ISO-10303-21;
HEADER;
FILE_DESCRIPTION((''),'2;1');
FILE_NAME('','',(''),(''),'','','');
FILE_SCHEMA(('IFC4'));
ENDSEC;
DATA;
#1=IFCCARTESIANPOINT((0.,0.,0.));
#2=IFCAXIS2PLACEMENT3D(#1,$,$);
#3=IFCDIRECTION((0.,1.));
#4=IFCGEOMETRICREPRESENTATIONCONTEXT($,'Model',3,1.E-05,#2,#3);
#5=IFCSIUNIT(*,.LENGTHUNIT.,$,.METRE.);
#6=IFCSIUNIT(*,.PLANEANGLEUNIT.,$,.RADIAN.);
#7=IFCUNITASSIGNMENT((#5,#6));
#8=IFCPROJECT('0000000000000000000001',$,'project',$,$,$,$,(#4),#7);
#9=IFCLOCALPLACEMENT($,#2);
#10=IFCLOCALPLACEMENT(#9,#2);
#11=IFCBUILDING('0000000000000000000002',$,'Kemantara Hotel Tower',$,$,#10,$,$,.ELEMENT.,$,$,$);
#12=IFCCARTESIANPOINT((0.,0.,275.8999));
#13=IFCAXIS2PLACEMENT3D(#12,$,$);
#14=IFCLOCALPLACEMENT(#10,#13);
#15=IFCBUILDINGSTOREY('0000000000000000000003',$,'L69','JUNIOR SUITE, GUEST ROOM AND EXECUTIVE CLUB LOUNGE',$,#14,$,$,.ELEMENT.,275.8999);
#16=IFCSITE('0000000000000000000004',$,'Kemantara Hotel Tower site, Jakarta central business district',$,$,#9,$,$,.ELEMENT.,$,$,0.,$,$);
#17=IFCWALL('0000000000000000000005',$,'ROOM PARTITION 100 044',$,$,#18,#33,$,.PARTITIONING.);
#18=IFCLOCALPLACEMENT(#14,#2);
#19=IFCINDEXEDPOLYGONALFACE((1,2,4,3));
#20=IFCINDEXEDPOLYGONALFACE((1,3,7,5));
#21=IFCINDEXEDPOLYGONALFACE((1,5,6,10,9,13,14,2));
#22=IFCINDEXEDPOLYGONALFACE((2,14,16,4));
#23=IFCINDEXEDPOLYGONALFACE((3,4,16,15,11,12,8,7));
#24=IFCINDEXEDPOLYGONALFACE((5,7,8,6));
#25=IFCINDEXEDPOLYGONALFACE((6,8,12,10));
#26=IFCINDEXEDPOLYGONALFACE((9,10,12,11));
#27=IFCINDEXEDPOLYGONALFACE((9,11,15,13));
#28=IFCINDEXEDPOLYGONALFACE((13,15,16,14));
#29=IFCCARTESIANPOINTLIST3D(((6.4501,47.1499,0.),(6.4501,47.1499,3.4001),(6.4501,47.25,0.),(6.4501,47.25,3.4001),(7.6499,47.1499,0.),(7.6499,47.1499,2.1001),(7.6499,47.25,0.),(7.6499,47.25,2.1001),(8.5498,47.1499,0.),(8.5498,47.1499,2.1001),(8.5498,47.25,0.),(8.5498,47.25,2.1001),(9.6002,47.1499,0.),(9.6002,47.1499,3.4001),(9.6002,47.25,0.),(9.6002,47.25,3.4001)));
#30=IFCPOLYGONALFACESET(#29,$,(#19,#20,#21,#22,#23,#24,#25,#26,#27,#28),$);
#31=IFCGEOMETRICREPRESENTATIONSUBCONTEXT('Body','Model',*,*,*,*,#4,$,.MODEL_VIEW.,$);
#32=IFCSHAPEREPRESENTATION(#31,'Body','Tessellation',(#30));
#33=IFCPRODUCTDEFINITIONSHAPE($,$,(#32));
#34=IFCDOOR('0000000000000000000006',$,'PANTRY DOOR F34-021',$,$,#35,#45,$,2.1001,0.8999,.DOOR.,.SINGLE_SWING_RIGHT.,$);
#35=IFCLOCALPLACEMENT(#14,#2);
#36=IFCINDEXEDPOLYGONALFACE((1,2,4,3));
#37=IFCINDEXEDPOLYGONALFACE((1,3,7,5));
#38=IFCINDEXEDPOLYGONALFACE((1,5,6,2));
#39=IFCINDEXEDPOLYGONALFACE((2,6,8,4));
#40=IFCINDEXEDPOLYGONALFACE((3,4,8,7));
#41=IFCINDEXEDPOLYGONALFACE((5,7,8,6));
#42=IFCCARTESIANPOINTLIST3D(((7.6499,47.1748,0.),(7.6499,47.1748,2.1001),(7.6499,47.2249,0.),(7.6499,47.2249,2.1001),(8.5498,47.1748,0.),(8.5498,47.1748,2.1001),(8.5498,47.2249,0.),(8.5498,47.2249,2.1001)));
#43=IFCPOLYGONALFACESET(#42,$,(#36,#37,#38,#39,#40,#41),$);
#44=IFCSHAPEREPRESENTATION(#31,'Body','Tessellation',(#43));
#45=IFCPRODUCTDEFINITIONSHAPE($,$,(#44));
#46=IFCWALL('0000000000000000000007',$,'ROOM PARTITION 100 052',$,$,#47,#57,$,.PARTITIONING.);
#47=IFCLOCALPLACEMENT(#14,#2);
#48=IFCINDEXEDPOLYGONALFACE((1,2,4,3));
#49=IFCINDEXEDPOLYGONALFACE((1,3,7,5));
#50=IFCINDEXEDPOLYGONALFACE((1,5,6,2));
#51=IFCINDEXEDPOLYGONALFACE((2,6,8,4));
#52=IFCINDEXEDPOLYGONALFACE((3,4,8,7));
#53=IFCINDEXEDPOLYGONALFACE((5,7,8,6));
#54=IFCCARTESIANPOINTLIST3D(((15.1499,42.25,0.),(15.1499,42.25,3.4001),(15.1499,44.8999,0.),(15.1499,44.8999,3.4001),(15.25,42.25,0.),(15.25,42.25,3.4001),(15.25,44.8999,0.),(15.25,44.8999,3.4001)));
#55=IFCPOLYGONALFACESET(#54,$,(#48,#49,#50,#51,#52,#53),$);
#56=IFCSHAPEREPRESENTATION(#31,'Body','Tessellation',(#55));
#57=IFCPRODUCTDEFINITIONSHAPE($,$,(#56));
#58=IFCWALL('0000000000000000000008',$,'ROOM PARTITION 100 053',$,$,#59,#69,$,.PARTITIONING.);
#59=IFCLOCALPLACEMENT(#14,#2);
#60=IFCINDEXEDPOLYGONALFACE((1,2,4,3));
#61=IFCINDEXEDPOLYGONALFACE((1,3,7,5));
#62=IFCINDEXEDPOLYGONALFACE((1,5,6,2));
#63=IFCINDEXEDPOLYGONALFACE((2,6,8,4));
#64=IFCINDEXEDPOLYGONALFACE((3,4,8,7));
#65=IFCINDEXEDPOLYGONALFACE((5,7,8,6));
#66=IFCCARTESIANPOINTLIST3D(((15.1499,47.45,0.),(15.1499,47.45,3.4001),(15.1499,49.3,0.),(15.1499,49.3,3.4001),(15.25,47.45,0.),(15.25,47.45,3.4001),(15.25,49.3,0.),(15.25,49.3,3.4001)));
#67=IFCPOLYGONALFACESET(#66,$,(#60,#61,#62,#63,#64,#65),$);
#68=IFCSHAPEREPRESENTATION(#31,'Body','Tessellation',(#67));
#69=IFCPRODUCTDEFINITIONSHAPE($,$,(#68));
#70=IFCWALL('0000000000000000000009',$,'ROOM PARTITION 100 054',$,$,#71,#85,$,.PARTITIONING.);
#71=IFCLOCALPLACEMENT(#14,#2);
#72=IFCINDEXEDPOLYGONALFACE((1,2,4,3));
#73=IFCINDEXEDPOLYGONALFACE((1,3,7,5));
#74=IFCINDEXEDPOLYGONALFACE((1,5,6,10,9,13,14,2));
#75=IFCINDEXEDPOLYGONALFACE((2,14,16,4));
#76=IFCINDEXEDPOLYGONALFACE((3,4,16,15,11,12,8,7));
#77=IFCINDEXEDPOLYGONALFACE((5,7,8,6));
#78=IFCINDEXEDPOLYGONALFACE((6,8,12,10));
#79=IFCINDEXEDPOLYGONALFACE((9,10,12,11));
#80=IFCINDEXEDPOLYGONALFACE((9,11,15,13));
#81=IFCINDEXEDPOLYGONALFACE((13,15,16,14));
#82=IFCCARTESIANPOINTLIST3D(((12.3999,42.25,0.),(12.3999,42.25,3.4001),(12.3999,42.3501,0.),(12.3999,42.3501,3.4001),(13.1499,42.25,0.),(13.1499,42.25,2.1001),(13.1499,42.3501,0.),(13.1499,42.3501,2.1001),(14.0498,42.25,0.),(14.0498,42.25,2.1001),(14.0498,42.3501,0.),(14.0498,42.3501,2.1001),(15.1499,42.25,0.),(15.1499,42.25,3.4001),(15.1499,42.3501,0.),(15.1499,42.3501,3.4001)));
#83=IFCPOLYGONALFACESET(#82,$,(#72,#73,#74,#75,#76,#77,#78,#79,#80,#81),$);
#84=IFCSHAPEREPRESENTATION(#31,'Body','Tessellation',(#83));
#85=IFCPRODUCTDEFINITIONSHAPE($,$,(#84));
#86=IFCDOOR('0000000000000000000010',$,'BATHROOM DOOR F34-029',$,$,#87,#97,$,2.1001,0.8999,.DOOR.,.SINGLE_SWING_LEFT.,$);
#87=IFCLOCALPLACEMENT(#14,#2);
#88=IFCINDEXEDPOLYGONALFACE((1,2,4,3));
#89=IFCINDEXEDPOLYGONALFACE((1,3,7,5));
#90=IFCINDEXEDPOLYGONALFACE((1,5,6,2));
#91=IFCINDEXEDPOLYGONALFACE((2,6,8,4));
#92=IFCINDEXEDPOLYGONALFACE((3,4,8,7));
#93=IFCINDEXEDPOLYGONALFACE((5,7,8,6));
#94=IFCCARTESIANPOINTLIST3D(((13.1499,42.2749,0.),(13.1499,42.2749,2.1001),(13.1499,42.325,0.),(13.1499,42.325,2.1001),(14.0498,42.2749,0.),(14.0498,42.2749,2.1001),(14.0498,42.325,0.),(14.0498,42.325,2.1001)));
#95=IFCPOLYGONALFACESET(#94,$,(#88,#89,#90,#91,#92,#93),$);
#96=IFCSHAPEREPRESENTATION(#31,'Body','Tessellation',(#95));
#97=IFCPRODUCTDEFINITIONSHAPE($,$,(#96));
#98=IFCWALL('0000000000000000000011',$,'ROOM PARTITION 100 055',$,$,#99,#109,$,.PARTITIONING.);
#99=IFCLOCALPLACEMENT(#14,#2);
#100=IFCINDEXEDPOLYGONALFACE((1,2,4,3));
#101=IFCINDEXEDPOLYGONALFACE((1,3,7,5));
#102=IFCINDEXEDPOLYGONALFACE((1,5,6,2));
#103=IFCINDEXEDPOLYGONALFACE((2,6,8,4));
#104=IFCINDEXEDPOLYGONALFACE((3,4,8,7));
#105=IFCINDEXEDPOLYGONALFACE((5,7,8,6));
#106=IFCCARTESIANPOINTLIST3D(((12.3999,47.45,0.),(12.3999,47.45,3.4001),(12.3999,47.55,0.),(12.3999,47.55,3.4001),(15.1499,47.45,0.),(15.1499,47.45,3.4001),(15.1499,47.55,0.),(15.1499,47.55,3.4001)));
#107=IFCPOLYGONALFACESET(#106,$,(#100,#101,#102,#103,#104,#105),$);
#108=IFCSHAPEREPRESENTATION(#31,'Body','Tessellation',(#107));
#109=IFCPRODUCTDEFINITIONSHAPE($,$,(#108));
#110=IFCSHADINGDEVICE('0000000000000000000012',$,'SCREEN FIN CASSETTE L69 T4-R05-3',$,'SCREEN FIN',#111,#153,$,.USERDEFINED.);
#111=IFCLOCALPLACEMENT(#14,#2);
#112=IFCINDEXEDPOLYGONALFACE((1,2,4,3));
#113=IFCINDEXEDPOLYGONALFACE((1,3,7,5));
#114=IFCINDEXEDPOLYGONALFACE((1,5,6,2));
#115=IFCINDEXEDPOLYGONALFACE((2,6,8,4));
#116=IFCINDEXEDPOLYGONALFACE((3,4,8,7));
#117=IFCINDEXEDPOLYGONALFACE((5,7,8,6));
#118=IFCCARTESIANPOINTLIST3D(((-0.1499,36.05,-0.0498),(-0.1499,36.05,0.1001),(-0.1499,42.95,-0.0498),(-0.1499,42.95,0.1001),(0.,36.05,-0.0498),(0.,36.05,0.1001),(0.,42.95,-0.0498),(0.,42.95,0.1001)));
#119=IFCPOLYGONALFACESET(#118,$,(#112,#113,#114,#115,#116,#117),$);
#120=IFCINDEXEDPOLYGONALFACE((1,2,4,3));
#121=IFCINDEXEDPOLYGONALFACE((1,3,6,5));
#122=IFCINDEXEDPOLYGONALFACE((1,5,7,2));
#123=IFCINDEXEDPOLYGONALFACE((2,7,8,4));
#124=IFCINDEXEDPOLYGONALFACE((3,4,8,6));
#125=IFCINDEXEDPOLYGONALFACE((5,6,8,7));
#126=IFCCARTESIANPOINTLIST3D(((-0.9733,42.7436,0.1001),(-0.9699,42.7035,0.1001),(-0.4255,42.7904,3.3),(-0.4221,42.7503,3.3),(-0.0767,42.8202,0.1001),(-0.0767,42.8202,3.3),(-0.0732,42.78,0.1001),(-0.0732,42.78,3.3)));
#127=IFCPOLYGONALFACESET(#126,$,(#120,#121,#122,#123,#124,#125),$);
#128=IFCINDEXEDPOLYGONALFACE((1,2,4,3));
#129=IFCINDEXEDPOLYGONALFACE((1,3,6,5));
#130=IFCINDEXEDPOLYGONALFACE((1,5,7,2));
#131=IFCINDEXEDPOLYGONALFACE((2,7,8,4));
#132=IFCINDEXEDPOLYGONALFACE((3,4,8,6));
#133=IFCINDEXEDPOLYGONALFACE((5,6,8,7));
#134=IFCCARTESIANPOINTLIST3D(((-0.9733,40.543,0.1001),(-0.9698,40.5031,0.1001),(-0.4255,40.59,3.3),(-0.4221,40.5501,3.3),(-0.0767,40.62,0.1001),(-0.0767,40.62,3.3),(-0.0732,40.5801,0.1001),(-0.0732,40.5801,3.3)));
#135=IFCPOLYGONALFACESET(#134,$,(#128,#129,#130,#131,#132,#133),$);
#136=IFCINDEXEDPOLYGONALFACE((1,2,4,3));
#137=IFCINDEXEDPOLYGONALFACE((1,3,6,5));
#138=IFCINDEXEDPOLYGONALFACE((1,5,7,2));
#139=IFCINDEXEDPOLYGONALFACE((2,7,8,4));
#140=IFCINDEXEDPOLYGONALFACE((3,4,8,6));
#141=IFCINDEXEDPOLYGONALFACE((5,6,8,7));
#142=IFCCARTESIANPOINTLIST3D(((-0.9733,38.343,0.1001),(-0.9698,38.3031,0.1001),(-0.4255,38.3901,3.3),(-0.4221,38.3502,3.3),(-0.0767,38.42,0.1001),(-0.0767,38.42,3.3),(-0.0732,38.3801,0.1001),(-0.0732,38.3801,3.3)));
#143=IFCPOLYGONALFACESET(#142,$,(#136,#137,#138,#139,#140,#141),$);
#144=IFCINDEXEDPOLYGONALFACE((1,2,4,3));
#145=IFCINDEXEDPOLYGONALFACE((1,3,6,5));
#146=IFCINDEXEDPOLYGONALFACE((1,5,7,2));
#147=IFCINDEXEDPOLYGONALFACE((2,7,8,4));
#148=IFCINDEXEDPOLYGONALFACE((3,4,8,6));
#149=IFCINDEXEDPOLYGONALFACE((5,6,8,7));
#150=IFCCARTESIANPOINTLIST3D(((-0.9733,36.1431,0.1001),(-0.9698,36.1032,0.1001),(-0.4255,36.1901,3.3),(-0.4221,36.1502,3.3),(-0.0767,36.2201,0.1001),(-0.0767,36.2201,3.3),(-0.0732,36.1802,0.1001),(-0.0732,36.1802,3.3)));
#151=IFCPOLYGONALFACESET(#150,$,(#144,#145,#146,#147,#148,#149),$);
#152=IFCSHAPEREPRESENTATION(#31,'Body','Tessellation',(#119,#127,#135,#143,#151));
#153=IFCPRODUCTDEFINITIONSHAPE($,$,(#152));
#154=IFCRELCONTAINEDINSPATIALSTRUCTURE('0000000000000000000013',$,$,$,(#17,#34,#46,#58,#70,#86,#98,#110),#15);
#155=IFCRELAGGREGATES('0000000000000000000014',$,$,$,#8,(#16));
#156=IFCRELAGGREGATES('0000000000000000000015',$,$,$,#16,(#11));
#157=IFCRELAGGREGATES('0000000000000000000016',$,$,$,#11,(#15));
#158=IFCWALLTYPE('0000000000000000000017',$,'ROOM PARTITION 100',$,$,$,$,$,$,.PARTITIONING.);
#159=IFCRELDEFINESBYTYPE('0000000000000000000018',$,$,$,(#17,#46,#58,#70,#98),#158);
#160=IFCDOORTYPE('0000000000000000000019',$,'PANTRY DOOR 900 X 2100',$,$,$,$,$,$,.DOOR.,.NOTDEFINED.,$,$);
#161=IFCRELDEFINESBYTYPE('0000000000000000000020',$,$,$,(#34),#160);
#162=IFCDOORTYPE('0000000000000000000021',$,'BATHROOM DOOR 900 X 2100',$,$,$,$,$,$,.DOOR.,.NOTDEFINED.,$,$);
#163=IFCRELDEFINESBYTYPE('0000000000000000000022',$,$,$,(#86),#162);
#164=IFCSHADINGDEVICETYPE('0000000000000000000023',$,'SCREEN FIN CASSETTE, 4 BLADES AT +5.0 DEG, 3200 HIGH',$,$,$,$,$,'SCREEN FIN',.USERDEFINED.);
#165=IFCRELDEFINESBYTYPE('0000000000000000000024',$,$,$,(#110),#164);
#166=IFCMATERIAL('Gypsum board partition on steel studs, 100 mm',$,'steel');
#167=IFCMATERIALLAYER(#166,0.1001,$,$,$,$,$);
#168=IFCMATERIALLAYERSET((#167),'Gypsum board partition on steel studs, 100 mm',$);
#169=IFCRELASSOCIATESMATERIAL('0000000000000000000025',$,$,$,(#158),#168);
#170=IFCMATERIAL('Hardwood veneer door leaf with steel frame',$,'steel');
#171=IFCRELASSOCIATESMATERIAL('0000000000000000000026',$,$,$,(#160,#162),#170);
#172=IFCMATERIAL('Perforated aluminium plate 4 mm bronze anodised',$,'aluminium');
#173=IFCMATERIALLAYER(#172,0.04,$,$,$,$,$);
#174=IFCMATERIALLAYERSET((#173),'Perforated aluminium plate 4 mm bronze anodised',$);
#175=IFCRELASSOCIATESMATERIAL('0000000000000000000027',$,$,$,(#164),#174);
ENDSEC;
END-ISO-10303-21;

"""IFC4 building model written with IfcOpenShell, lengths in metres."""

from ifc_helpers import new_model, si_unit, direction, frame, frame_2d, origin, origin_2d, place, context, subcontext, project, spatial, polyline, rectangle, outline, extrude, source, transform, mapped, material, layer, layer_set, type_object, element, fill, save


model = new_model("IFC4")

# Units and contexts
model_context = context("Model", 3, precision=1e-05, world=origin(), true_north=direction((0.0, 1.0)))
body_context = subcontext(model_context, "Body", "Model", "MODEL_VIEW")
ifc_project = project(units=[si_unit("LENGTHUNIT", "METRE"), si_unit("PLANEANGLEUNIT", "RADIAN")], contexts=[model_context])

# Site, building, storey
site_placement = place(None, origin())
site = spatial("IfcSite", under=ifc_project, at=site_placement, Name="Kemantara Hotel Tower site, Jakarta central business district", CompositionType="ELEMENT", RefElevation=0.0)
building_placement = place(site_placement, origin())
building = spatial("IfcBuilding", under=site, at=building_placement, Name="Kemantara Hotel Tower", CompositionType="ELEMENT")
storey_placement = place(building_placement, frame((0.0, 0.0, 275.8999)))
storey = spatial("IfcBuildingStorey", under=building, at=storey_placement, Name="L69", Description="JUNIOR SUITE, GUEST ROOM AND EXECUTIVE CLUB LOUNGE", CompositionType="ELEMENT", Elevation=275.8999)

# Shared definitions
ifc_material_1 = material(Name="Hardwood veneer door leaf with steel frame", Category="steel")

# Shared definitions
ifc_material_2 = material(Name="Gypsum board partition on steel studs, 100 mm", Category="steel")
ifc_layer_1 = layer(ifc_material_2, 0.1001)
ifc_layer_set_1 = layer_set([ifc_layer_1], Name="Gypsum board partition on steel studs, 100 mm")
wall_type_1 = type_object("IfcWallType", Name="ROOM PARTITION 100", PredefinedType="PARTITIONING", material=ifc_layer_set_1)

# Wall, opening, door
wall_1_placement = place(storey_placement, frame((6.45, 47.2, 0.0), z_axis=(0.0, 0.0, 1.0), x_axis=(1.0, 0.0, 0.0)))
wall_1 = element("IfcWall", 1, at=wall_1_placement, inside=storey, type_object=wall_type_1, Name="ROOM PARTITION 100 044", PredefinedType="PARTITIONING", context=body_context, shape_type="SweptSolid", body=[
    extrude(rectangle(XDim=3.1501, YDim=0.1001, at=frame_2d((1.5752, 0.0))), origin(), (0.0, 0.0, 1.0), 3.4001),
])
opening_1_placement = place(wall_1_placement, frame((1.2, 0.0, 0.0)))
opening_1 = element("IfcOpeningElement", 2, at=opening_1_placement, cuts=wall_1, PredefinedType="OPENING", context=body_context, shape_type="SweptSolid", body=[
    extrude(rectangle(XDim=0.8999, YDim=2.1001, at=frame_2d((0.45, 1.05))), frame((0.0, 0.0601, 0.0), z_axis=(0.0, -1.0, 0.0), x_axis=(1.0, 0.0, 0.0)), (0.0, 0.0, 1.0), 0.1201),
])
door_type_1 = type_object("IfcDoorType", Name="PANTRY DOOR 900 X 2100", OperationType="NOTDEFINED", PredefinedType="DOOR", material=ifc_material_1)
door_1_placement = place(opening_1_placement, origin())
door_1 = element("IfcDoor", 3, at=door_1_placement, inside=storey, type_object=door_type_1, Name="PANTRY DOOR F34-021", OperationType="SINGLE_SWING_RIGHT", OverallHeight=2.1001, OverallWidth=0.8999, PredefinedType="DOOR", context=body_context, shape_type="SweptSolid", body=[
    extrude(rectangle(XDim=0.8999, YDim=2.1001, at=frame_2d((0.45, 1.05))), frame((0.0, 0.0249, 0.0), z_axis=(0.0, -1.0, 0.0), x_axis=(1.0, 0.0, 0.0)), (0.0, 0.0, 1.0), 0.05),
])
fill(opening_1, door_1)

# Walls
wall_2_placement = place(storey_placement, frame((15.2, 42.25, 0.0), z_axis=(0.0, 0.0, 1.0), x_axis=(0.0, 1.0, 0.0)))
element("IfcWall", 4, at=wall_2_placement, inside=storey, type_object=wall_type_1, Name="ROOM PARTITION 100 052", PredefinedType="PARTITIONING", context=body_context, shape_type="SweptSolid", body=[
    extrude(rectangle(XDim=2.6499, YDim=0.1001, at=frame_2d((1.325, 0.0))), origin(), (0.0, 0.0, 1.0), 3.4001),
])
wall_3_placement = place(storey_placement, frame((15.2, 47.45, 0.0), z_axis=(0.0, 0.0, 1.0), x_axis=(0.0, 1.0, 0.0)))
element("IfcWall", 5, at=wall_3_placement, inside=storey, type_object=wall_type_1, Name="ROOM PARTITION 100 053", PredefinedType="PARTITIONING", context=body_context, shape_type="SweptSolid", body=[
    extrude(rectangle(XDim=1.8501, YDim=0.1001, at=frame_2d((0.925, 0.0))), origin(), (0.0, 0.0, 1.0), 3.4001),
])

# Wall, opening, door
wall_4_placement = place(storey_placement, frame((12.3999, 42.3, 0.0), z_axis=(0.0, 0.0, 1.0), x_axis=(1.0, 0.0, 0.0)))
wall_4 = element("IfcWall", 6, at=wall_4_placement, inside=storey, type_object=wall_type_1, Name="ROOM PARTITION 100 054", PredefinedType="PARTITIONING", context=body_context, shape_type="SweptSolid", body=[
    extrude(rectangle(XDim=2.75, YDim=0.1001, at=frame_2d((1.375, 0.0))), origin(), (0.0, 0.0, 1.0), 3.4001),
])
opening_2_placement = place(wall_4_placement, frame((0.75, 0.0, 0.0)))
opening_2 = element("IfcOpeningElement", 7, at=opening_2_placement, cuts=wall_4, PredefinedType="OPENING", context=body_context, shape_type="SweptSolid", body=[
    extrude(rectangle(XDim=0.8999, YDim=2.1001, at=frame_2d((0.45, 1.05))), frame((0.0, 0.0601, 0.0), z_axis=(0.0, -1.0, 0.0), x_axis=(1.0, 0.0, 0.0)), (0.0, 0.0, 1.0), 0.1201),
])
door_type_2 = type_object("IfcDoorType", Name="BATHROOM DOOR 900 X 2100", OperationType="NOTDEFINED", PredefinedType="DOOR", material=ifc_material_1)
door_2_placement = place(opening_2_placement, origin())
door_2 = element("IfcDoor", 8, at=door_2_placement, inside=storey, type_object=door_type_2, Name="BATHROOM DOOR F34-029", OperationType="SINGLE_SWING_LEFT", OverallHeight=2.1001, OverallWidth=0.8999, PredefinedType="DOOR", context=body_context, shape_type="SweptSolid", body=[
    extrude(rectangle(XDim=0.8999, YDim=2.1001, at=frame_2d((0.45, 1.05))), frame((0.0, 0.0249, 0.0), z_axis=(0.0, -1.0, 0.0), x_axis=(1.0, 0.0, 0.0)), (0.0, 0.0, 1.0), 0.05),
])
fill(opening_2, door_2)

# Wall
wall_5_placement = place(storey_placement, frame((12.3999, 47.5, 0.0), z_axis=(0.0, 0.0, 1.0), x_axis=(1.0, 0.0, 0.0)))
element("IfcWall", 9, at=wall_5_placement, inside=storey, type_object=wall_type_1, Name="ROOM PARTITION 100 055", PredefinedType="PARTITIONING", context=body_context, shape_type="SweptSolid", body=[
    extrude(rectangle(XDim=2.75, YDim=0.1001, at=frame_2d((1.375, 0.0))), origin(), (0.0, 0.0, 1.0), 3.4001),
])

# Shading device
ifc_material_3 = material(Name="Perforated aluminium plate 4 mm bronze anodised", Category="aluminium")
ifc_layer_2 = layer(ifc_material_3, 0.04)
ifc_layer_set_2 = layer_set([ifc_layer_2], Name="Perforated aluminium plate 4 mm bronze anodised")
shading_device_type = type_object("IfcShadingDeviceType", Name="SCREEN FIN CASSETTE, 4 BLADES AT +5.0 DEG, 3200 HIGH", ElementType="SCREEN FIN", PredefinedType="USERDEFINED", material=ifc_layer_set_2)
shared_shape = source(origin(), body_context, "Body", "SweptSolid", [
    extrude(rectangle(XDim=6.8999, YDim=0.1499, at=origin_2d()), frame((3.3, -0.075, -0.1499), z_axis=(0.0, 0.0, 1.0), x_axis=(1.0, 0.0, 0.0)), (0.0, 0.0, 1.0), 0.1499),
    extrude(outline(polyline([(0.0, 0.0), (0.8999, 0.0), (0.3501, 3.2), (0.0, 3.2), (0.0, 0.0)])), frame((0.02, -0.0732, 0.0), z_axis=(-0.996376, -0.085056, 0.0), x_axis=(0.085056, -0.996376, 0.0)), (0.0, 0.0, 1.0), 0.0403),
    extrude(outline(polyline([(0.0, 0.0), (0.8999, 0.0), (0.3501, 3.2), (0.0, 3.2), (0.0, 0.0)])), frame((2.22, -0.0732, 0.0), z_axis=(-0.996332, -0.085575, 0.0), x_axis=(0.085575, -0.996332, 0.0)), (0.0, 0.0, 1.0), 0.04),
    extrude(outline(polyline([(0.0, 0.0), (0.8999, 0.0), (0.3501, 3.2), (0.0, 3.2), (0.0, 0.0)])), frame((4.4199, -0.0732, 0.0), z_axis=(-0.996332, -0.085575, 0.0), x_axis=(0.085575, -0.996332, 0.0)), (0.0, 0.0, 1.0), 0.04),
    extrude(outline(polyline([(0.0, 0.0), (0.8999, 0.0), (0.3501, 3.2), (0.0, 3.2), (0.0, 0.0)])), frame((6.6199, -0.0732, 0.0), z_axis=(-0.996332, -0.085575, 0.0), x_axis=(0.085575, -0.996332, 0.0)), (0.0, 0.0, 1.0), 0.04),
])
shading_device_placement = place(storey_placement, frame((0.0, 42.8, 0.1001), z_axis=(0.0, 0.0, 1.0), x_axis=(0.0, -1.0, 0.0)))
element("IfcShadingDevice", 10, at=shading_device_placement, inside=storey, type_object=shading_device_type, Name="SCREEN FIN CASSETTE L69 T4-R05-3", ObjectType="SCREEN FIN", PredefinedType="USERDEFINED", context=body_context, shape_type="MappedRepresentation", body=[
    mapped(shared_shape, transform((0.0, 0.0, 0.0))),
])

save(model, "model.ifc")
